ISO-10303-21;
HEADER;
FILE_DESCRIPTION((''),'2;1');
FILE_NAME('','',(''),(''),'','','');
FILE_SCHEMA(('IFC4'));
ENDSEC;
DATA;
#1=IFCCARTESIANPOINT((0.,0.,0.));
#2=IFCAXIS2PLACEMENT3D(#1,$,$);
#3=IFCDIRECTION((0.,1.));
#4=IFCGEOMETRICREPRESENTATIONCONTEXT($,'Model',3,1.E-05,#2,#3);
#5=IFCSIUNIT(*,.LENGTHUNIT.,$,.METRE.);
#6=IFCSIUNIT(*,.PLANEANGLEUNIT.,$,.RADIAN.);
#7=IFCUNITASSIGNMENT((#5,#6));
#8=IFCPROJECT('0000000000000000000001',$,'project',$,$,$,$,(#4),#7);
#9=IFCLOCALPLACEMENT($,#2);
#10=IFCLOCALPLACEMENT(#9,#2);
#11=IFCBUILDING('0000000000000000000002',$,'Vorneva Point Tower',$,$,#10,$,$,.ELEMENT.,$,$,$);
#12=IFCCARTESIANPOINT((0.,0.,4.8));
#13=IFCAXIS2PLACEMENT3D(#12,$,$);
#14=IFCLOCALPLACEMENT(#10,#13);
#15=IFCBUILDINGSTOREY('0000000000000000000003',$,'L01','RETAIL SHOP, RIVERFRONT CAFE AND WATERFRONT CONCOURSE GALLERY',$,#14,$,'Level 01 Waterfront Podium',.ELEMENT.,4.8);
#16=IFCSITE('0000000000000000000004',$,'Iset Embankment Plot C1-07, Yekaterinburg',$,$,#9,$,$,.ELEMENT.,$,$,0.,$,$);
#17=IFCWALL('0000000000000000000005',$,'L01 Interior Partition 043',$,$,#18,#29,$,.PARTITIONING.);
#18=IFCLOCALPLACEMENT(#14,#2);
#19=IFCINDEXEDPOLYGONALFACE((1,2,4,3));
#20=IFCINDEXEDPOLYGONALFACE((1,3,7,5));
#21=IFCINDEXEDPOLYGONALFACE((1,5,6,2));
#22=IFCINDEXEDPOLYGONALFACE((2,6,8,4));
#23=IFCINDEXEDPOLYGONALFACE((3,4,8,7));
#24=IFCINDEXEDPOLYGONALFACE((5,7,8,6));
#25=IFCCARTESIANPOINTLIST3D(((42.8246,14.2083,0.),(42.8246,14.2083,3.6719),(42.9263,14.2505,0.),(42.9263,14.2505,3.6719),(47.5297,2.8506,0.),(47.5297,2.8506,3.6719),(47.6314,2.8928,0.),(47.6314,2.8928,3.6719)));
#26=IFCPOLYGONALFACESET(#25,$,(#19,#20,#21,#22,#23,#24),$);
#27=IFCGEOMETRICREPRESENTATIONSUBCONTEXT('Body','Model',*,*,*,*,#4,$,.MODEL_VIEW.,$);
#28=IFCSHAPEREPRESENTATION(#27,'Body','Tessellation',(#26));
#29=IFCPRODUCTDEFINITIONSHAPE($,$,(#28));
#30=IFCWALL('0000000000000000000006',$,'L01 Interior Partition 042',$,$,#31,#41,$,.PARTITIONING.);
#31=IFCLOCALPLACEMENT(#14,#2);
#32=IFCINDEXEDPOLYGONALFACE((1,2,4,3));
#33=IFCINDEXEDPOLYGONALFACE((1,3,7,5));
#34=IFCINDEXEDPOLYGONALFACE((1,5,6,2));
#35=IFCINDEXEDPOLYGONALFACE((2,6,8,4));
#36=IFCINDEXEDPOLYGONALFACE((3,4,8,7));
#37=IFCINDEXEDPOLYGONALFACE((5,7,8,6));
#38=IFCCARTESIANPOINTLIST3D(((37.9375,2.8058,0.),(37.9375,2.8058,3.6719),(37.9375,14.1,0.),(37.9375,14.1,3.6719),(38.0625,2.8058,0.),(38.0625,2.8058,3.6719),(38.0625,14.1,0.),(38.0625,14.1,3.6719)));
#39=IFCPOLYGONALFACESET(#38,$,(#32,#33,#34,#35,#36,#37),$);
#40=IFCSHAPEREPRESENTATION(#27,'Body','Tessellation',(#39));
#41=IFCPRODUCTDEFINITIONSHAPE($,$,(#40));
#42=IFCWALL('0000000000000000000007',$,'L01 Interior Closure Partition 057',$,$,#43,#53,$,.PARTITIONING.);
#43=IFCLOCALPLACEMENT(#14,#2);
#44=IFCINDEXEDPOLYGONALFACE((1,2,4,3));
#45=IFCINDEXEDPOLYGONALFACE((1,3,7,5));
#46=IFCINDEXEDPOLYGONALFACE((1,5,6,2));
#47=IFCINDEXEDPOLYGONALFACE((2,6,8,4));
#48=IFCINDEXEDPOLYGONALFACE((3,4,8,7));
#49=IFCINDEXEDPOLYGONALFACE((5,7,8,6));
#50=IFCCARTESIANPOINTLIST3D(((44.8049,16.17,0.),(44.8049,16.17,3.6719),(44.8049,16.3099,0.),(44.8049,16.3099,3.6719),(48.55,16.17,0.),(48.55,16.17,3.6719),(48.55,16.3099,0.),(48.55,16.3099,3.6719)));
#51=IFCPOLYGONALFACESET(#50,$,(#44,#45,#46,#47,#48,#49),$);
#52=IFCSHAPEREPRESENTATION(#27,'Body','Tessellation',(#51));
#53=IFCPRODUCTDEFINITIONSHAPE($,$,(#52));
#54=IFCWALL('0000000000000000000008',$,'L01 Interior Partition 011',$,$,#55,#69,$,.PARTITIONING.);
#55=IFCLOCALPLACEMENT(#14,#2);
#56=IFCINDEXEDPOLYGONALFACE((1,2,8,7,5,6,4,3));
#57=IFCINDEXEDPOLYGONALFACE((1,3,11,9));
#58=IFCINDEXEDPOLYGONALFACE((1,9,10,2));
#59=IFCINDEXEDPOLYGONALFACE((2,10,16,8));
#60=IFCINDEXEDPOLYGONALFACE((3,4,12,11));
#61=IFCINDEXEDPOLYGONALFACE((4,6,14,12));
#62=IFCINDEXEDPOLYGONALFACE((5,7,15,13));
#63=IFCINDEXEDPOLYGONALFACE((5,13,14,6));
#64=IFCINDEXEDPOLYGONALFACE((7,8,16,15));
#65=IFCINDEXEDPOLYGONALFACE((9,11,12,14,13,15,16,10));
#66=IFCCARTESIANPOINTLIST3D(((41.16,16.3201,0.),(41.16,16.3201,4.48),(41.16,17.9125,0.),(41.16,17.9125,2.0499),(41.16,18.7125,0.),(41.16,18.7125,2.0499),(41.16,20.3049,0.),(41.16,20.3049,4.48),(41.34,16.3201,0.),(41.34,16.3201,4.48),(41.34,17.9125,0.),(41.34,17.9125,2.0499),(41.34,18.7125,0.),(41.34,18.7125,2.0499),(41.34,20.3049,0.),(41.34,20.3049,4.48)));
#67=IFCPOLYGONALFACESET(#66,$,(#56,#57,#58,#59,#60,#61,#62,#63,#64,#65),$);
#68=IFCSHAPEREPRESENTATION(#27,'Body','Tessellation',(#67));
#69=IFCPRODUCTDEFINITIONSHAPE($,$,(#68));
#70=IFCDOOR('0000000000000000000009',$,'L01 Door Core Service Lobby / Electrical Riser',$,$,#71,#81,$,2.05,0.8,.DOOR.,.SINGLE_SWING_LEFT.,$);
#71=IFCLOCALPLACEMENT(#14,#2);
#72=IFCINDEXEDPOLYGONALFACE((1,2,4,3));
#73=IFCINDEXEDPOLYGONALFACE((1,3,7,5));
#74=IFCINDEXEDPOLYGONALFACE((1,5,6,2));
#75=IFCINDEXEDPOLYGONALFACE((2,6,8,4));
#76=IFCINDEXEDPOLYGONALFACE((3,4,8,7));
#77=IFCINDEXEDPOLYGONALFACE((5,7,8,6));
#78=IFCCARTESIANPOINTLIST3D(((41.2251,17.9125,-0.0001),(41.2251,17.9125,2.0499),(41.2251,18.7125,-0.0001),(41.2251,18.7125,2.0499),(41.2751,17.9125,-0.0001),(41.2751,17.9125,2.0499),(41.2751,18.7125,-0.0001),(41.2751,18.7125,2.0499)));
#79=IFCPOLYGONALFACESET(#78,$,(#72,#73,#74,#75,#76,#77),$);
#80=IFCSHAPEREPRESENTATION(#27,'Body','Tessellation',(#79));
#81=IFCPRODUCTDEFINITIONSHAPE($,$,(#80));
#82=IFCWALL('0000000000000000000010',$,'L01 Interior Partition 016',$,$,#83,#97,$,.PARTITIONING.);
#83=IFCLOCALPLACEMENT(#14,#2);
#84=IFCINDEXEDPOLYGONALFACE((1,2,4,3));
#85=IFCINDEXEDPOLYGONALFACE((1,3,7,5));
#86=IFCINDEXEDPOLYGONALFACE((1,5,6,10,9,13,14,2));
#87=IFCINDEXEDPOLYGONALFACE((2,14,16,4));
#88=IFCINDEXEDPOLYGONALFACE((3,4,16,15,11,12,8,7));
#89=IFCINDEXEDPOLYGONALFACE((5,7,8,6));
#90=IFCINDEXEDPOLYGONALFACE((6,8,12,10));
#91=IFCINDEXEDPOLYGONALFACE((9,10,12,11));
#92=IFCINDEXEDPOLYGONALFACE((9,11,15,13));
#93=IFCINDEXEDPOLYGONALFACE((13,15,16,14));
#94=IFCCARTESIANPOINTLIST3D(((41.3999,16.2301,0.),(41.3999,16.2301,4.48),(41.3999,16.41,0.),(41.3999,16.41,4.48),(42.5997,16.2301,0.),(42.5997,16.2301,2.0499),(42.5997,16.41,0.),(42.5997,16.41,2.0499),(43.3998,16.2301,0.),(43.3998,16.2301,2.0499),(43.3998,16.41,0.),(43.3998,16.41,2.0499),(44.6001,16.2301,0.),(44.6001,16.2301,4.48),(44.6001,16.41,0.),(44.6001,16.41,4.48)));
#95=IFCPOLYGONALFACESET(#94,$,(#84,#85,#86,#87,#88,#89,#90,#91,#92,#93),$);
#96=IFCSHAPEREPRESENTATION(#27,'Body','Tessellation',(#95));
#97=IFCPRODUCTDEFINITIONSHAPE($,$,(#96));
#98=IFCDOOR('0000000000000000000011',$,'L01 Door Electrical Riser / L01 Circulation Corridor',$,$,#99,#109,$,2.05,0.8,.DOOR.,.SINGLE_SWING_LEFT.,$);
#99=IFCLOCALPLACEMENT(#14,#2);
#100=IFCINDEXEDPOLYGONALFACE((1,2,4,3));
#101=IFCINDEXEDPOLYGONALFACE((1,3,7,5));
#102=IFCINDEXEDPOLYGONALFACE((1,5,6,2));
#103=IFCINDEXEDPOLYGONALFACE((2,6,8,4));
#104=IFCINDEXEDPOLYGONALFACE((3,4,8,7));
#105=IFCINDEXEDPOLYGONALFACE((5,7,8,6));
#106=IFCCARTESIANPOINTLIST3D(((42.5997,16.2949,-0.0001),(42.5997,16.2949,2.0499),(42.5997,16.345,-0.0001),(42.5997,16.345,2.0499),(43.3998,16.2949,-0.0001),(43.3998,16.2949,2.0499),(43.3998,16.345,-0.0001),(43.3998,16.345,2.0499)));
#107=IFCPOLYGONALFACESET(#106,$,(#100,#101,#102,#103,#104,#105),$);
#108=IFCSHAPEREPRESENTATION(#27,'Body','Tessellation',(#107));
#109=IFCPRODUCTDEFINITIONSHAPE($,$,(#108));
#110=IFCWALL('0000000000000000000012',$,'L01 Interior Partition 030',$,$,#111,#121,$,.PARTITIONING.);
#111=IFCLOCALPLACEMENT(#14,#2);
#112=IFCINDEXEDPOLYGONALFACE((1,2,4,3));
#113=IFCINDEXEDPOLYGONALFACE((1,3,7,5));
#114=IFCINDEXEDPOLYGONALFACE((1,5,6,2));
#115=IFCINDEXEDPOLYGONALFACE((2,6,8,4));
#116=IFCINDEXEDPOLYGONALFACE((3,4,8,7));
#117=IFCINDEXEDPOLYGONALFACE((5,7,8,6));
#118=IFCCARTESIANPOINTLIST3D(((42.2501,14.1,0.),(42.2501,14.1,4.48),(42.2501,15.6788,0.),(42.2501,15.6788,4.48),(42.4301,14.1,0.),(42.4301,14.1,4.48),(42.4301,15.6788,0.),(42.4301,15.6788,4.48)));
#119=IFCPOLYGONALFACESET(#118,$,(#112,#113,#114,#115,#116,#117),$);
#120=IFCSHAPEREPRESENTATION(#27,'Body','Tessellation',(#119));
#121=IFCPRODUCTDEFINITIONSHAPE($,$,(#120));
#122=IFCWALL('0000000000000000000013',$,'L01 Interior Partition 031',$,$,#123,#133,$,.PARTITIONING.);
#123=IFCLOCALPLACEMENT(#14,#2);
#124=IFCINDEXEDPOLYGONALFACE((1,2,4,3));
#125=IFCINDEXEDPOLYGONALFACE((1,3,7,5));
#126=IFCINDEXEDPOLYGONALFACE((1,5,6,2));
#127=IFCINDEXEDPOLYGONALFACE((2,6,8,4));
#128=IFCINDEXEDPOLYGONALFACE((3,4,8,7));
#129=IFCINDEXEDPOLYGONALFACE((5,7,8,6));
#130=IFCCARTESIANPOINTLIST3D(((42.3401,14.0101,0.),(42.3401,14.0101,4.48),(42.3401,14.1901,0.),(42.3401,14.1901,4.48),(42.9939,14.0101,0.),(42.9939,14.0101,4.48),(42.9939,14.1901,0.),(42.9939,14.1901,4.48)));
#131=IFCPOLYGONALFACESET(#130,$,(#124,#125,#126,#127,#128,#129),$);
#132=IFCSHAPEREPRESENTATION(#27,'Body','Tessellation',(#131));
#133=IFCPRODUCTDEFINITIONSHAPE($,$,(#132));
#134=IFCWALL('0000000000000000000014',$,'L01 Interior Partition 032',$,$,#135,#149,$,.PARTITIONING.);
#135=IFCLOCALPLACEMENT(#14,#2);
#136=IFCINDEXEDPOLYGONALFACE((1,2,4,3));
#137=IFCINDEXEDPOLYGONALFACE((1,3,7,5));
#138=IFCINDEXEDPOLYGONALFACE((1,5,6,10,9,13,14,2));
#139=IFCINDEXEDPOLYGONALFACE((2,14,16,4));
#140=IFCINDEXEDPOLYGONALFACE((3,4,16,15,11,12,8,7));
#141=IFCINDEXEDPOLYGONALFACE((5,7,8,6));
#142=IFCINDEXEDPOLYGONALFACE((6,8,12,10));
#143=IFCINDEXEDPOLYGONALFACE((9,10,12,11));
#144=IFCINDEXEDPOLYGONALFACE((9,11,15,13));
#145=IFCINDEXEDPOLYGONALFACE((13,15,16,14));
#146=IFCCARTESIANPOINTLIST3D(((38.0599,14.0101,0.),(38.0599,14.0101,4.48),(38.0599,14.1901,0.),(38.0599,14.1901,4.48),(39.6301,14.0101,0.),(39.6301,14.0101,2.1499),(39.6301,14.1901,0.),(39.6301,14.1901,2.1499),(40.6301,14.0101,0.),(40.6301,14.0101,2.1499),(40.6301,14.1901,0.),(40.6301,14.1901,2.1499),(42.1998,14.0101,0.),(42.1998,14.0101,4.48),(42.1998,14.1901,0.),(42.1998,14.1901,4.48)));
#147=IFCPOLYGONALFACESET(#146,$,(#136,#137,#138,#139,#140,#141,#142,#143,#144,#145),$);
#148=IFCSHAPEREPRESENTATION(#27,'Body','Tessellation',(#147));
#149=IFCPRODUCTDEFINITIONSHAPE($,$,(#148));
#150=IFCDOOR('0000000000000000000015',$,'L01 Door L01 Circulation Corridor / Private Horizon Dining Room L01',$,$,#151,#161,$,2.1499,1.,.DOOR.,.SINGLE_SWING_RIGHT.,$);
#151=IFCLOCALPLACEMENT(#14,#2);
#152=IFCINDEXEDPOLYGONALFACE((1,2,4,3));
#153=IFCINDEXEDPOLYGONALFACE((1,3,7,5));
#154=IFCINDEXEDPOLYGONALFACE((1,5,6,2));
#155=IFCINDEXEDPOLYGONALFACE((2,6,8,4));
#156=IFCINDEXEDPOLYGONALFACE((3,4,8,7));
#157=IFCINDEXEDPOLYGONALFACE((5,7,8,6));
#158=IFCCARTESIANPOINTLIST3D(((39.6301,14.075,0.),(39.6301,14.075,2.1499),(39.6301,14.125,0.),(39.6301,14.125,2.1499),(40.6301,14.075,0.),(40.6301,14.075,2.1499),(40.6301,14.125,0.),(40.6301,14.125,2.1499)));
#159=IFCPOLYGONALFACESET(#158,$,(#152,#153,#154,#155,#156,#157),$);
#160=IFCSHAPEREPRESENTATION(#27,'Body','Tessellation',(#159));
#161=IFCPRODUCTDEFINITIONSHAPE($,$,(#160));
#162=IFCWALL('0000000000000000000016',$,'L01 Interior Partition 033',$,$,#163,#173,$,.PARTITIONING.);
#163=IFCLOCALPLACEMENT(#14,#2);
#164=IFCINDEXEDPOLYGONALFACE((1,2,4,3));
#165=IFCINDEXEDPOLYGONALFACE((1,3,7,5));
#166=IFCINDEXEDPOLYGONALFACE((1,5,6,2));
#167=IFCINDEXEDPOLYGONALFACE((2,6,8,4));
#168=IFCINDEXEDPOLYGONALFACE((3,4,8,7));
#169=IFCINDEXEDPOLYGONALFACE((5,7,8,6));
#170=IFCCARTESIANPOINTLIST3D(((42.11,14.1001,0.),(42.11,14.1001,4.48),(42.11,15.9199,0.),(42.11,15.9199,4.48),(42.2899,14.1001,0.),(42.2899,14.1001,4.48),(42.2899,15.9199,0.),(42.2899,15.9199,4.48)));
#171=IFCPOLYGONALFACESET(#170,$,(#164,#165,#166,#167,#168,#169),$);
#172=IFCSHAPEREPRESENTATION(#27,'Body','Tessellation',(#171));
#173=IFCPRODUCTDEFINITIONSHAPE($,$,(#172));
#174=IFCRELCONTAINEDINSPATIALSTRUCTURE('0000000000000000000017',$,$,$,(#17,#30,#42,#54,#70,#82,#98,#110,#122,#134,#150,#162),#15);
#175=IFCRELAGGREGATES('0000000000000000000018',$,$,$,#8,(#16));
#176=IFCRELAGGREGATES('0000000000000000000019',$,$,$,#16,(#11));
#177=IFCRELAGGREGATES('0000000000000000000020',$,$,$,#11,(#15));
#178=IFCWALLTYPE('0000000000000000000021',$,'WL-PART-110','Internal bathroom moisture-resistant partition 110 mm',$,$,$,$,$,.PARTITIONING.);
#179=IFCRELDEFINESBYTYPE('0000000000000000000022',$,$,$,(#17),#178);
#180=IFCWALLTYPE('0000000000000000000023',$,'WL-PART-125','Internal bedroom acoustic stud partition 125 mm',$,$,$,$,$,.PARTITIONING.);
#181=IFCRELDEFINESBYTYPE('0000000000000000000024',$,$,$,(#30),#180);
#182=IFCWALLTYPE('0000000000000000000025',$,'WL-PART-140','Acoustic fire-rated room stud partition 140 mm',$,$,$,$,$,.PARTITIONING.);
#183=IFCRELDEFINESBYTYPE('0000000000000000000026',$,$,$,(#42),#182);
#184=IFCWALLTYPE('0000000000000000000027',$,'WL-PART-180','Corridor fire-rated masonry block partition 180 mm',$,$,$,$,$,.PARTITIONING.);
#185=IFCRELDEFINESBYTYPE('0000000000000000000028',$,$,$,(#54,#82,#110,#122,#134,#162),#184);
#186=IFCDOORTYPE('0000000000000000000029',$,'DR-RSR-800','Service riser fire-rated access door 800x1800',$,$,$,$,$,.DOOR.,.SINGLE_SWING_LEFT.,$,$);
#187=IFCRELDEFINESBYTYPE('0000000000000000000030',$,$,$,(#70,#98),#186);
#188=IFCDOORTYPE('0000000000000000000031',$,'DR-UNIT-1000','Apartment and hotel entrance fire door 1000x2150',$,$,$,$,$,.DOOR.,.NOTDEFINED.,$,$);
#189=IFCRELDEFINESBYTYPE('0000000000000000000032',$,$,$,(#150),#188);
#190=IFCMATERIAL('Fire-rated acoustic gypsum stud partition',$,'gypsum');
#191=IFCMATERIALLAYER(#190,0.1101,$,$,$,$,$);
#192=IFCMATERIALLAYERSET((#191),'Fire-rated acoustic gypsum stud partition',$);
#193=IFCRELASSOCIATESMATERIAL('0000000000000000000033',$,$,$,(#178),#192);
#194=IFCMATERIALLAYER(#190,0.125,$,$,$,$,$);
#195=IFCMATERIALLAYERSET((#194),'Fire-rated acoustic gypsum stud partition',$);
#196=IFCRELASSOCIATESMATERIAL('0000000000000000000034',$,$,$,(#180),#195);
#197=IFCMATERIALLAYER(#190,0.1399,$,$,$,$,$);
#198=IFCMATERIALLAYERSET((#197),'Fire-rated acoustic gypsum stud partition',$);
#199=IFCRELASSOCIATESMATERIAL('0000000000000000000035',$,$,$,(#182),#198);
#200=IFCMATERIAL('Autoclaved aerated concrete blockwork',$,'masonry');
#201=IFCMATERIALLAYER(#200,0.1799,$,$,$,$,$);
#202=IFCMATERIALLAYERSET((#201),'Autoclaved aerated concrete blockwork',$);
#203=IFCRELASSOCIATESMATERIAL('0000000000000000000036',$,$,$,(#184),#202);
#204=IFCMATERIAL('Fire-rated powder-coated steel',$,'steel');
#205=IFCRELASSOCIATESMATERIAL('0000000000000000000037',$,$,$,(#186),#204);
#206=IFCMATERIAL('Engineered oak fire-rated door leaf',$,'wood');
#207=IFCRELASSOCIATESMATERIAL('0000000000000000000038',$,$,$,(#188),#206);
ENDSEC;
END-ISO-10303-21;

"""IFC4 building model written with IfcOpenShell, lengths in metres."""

from ifc_helpers import new_model, si_unit, direction, frame, frame_2d, origin, place, context, subcontext, project, spatial, rectangle, extrude, material, layer, layer_set, type_object, element, fill, save


model = new_model("IFC4")

# Units and contexts
model_context = context("Model", 3, precision=1e-05, world=origin(), true_north=direction((0.0, 1.0)))
body_context = subcontext(model_context, "Body", "Model", "MODEL_VIEW")
ifc_project = project(units=[si_unit("LENGTHUNIT", "METRE"), si_unit("PLANEANGLEUNIT", "RADIAN")], contexts=[model_context])

# Site, building, storey
site_placement = place(None, origin())
site = spatial("IfcSite", under=ifc_project, at=site_placement, Name="Iset Embankment Plot C1-07, Yekaterinburg", CompositionType="ELEMENT", RefElevation=0.0)
building_placement = place(site_placement, origin())
building = spatial("IfcBuilding", under=site, at=building_placement, Name="Vorneva Point Tower", CompositionType="ELEMENT")
storey_placement = place(building_placement, frame((0.0, 0.0, 4.8)))
storey = spatial("IfcBuildingStorey", under=building, at=storey_placement, Name="L01", Description="RETAIL SHOP, RIVERFRONT CAFE AND WATERFRONT CONCOURSE GALLERY", LongName="Level 01 Waterfront Podium", CompositionType="ELEMENT", Elevation=4.8)

# Walls
ifc_material_1 = material(Name="Fire-rated acoustic gypsum stud partition", Category="gypsum")
ifc_layer_1 = layer(ifc_material_1, 0.1101)
ifc_layer_set_1 = layer_set([ifc_layer_1], Name="Fire-rated acoustic gypsum stud partition")
wall_type_1 = type_object("IfcWallType", Name="WL-PART-110", Description="Internal bathroom moisture-resistant partition 110 mm", PredefinedType="PARTITIONING", material=ifc_layer_set_1)
wall_1_placement = place(storey_placement, frame((47.5806, 2.8716, 0.0), z_axis=(0.0, 0.0, 1.0), x_axis=(-0.382724, 0.923863, 0.0)))
element("IfcWall", 1, at=wall_1_placement, inside=storey, type_object=wall_type_1, Name="L01 Interior Partition 043", PredefinedType="PARTITIONING", context=body_context, shape_type="SweptSolid", body=[
    extrude(rectangle(XDim=12.2937, YDim=0.1101, at=frame_2d((6.147, 0.0))), origin(), (0.0, 0.0, 1.0), 3.6719),
])
ifc_layer_2 = layer(ifc_material_1, 0.125)
ifc_layer_set_2 = layer_set([ifc_layer_2], Name="Fire-rated acoustic gypsum stud partition")
wall_type_2 = type_object("IfcWallType", Name="WL-PART-125", Description="Internal bedroom acoustic stud partition 125 mm", PredefinedType="PARTITIONING", material=ifc_layer_set_2)
wall_2_placement = place(storey_placement, frame((38.0, 2.8059, 0.0), z_axis=(0.0, 0.0, 1.0), x_axis=(0.0, 1.0, 0.0)))
element("IfcWall", 2, at=wall_2_placement, inside=storey, type_object=wall_type_2, Name="L01 Interior Partition 042", PredefinedType="PARTITIONING", context=body_context, shape_type="SweptSolid", body=[
    extrude(rectangle(XDim=11.2942, YDim=0.125, at=frame_2d((5.647, 0.0))), origin(), (0.0, 0.0, 1.0), 3.6719),
])
ifc_layer_3 = layer(ifc_material_1, 0.1399)
ifc_layer_set_3 = layer_set([ifc_layer_3], Name="Fire-rated acoustic gypsum stud partition")
wall_type_3 = type_object("IfcWallType", Name="WL-PART-140", Description="Acoustic fire-rated room stud partition 140 mm", PredefinedType="PARTITIONING", material=ifc_layer_set_3)
wall_3_placement = place(storey_placement, frame((48.55, 16.24, 0.0), z_axis=(0.0, 0.0, 1.0), x_axis=(-1.0, 0.0, 0.0)))
element("IfcWall", 3, at=wall_3_placement, inside=storey, type_object=wall_type_3, Name="L01 Interior Closure Partition 057", PredefinedType="PARTITIONING", context=body_context, shape_type="SweptSolid", body=[
    extrude(rectangle(XDim=3.7451, YDim=0.1399, at=frame_2d((1.8726, 0.0))), origin(), (0.0, 0.0, 1.0), 3.6719),
])

# Walls, openings, doors
ifc_material_2 = material(Name="Autoclaved aerated concrete blockwork", Category="masonry")
ifc_layer_4 = layer(ifc_material_2, 0.1799)
ifc_layer_set_4 = layer_set([ifc_layer_4], Name="Autoclaved aerated concrete blockwork")
wall_type_4 = type_object("IfcWallType", Name="WL-PART-180", Description="Corridor fire-rated masonry block partition 180 mm", PredefinedType="PARTITIONING", material=ifc_layer_set_4)
wall_4_placement = place(storey_placement, frame((41.25, 16.3201, 0.0), z_axis=(0.0, 0.0, 1.0), x_axis=(0.0, 1.0, 0.0)))
wall_4 = element("IfcWall", 4, at=wall_4_placement, inside=storey, type_object=wall_type_4, Name="L01 Interior Partition 011", PredefinedType="PARTITIONING", context=body_context, shape_type="SweptSolid", body=[
    extrude(rectangle(XDim=3.9849, YDim=0.1799, at=frame_2d((1.9924, 0.0))), origin(), (0.0, 0.0, 1.0), 4.48),
])
opening_1_placement = place(wall_4_placement, frame((1.5925, 0.0, 0.0)))
opening_1 = element("IfcOpeningElement", 5, at=opening_1_placement, cuts=wall_4, PredefinedType="OPENING", context=body_context, shape_type="SweptSolid", body=[
    extrude(rectangle(XDim=0.8, YDim=2.05, at=frame_2d((0.3999, 1.0249))), frame((0.0, 0.105, 0.0), z_axis=(0.0, -1.0, 0.0), x_axis=(1.0, 0.0, 0.0)), (0.0, 0.0, 1.0), 0.2097),
])
ifc_material_3 = material(Name="Fire-rated powder-coated steel", Category="steel")
door_type_1 = type_object("IfcDoorType", Name="DR-RSR-800", Description="Service riser fire-rated access door 800x1800", OperationType="SINGLE_SWING_LEFT", PredefinedType="DOOR", material=ifc_material_3)
door_1_placement = place(opening_1_placement, origin())
door_1 = element("IfcDoor", 6, at=door_1_placement, inside=storey, type_object=door_type_1, Name="L01 Door Core Service Lobby / Electrical Riser", OperationType="SINGLE_SWING_LEFT", OverallHeight=2.05, OverallWidth=0.8, PredefinedType="DOOR", context=body_context, shape_type="SweptSolid", body=[
    extrude(rectangle(XDim=0.8, YDim=2.05, at=frame_2d((0.3999, 1.0249))), frame((0.0, 0.0249, 0.0), z_axis=(0.0, -1.0, 0.0), x_axis=(1.0, 0.0, 0.0)), (0.0, 0.0, 1.0), 0.05),
])
fill(opening_1, door_1)
wall_5_placement = place(storey_placement, frame((41.3999, 16.3201, 0.0), z_axis=(0.0, 0.0, 1.0), x_axis=(1.0, 0.0, 0.0)))
wall_5 = element("IfcWall", 7, at=wall_5_placement, inside=storey, type_object=wall_type_4, Name="L01 Interior Partition 016", PredefinedType="PARTITIONING", context=body_context, shape_type="SweptSolid", body=[
    extrude(rectangle(XDim=3.2002, YDim=0.1799, at=frame_2d((1.6001, 0.0))), origin(), (0.0, 0.0, 1.0), 4.48),
])
opening_2_placement = place(wall_5_placement, frame((1.2, 0.0, 0.0)))
opening_2 = element("IfcOpeningElement", 8, at=opening_2_placement, cuts=wall_5, PredefinedType="OPENING", context=body_context, shape_type="SweptSolid", body=[
    extrude(rectangle(XDim=0.8, YDim=2.05, at=frame_2d((0.3999, 1.0249))), frame((0.0, 0.105, 0.0), z_axis=(0.0, -1.0, 0.0), x_axis=(1.0, 0.0, 0.0)), (0.0, 0.0, 1.0), 0.2097),
])
door_2_placement = place(opening_2_placement, origin())
door_2 = element("IfcDoor", 9, at=door_2_placement, inside=storey, type_object=door_type_1, Name="L01 Door Electrical Riser / L01 Circulation Corridor", OperationType="SINGLE_SWING_LEFT", OverallHeight=2.05, OverallWidth=0.8, PredefinedType="DOOR", context=body_context, shape_type="SweptSolid", body=[
    extrude(rectangle(XDim=0.8, YDim=2.05, at=frame_2d((0.3999, 1.0249))), frame((0.0, 0.0249, 0.0), z_axis=(0.0, -1.0, 0.0), x_axis=(1.0, 0.0, 0.0)), (0.0, 0.0, 1.0), 0.05),
])
fill(opening_2, door_2)

# Walls
wall_6_placement = place(storey_placement, frame((42.3401, 15.679, 0.0), z_axis=(0.0, 0.0, 1.0), x_axis=(0.0, -1.0, 0.0)))
element("IfcWall", 10, at=wall_6_placement, inside=storey, type_object=wall_type_4, Name="L01 Interior Partition 030", PredefinedType="PARTITIONING", context=body_context, shape_type="SweptSolid", body=[
    extrude(rectangle(XDim=1.5789, YDim=0.1799, at=frame_2d((0.7896, 0.0))), origin(), (0.0, 0.0, 1.0), 4.48),
])
wall_7_placement = place(storey_placement, frame((42.3401, 14.1001, 0.0), z_axis=(0.0, 0.0, 1.0), x_axis=(1.0, 0.0, 0.0)))
element("IfcWall", 11, at=wall_7_placement, inside=storey, type_object=wall_type_4, Name="L01 Interior Partition 031", PredefinedType="PARTITIONING", context=body_context, shape_type="SweptSolid", body=[
    extrude(rectangle(XDim=0.6538, YDim=0.1799, at=frame_2d((0.3269, 0.0))), origin(), (0.0, 0.0, 1.0), 4.48),
])

# Wall, opening, door
wall_8_placement = place(storey_placement, frame((38.0601, 14.1001, 0.0), z_axis=(0.0, 0.0, 1.0), x_axis=(1.0, 0.0, 0.0)))
wall_8 = element("IfcWall", 12, at=wall_8_placement, inside=storey, type_object=wall_type_4, Name="L01 Interior Partition 032", PredefinedType="PARTITIONING", context=body_context, shape_type="SweptSolid", body=[
    extrude(rectangle(XDim=4.1399, YDim=0.1799, at=frame_2d((2.0698, 0.0))), origin(), (0.0, 0.0, 1.0), 4.48),
])
opening_3_placement = place(wall_8_placement, frame((1.5701, 0.0, 0.0)))
opening_3 = element("IfcOpeningElement", 13, at=opening_3_placement, cuts=wall_8, PredefinedType="OPENING", context=body_context, shape_type="SweptSolid", body=[
    extrude(rectangle(XDim=1.0, YDim=2.1499, at=frame_2d((0.5, 1.075))), frame((0.0, 0.105, 0.0), z_axis=(0.0, -1.0, 0.0), x_axis=(1.0, 0.0, 0.0)), (0.0, 0.0, 1.0), 0.2097),
])
ifc_material_4 = material(Name="Engineered oak fire-rated door leaf", Category="wood")
door_type_2 = type_object("IfcDoorType", Name="DR-UNIT-1000", Description="Apartment and hotel entrance fire door 1000x2150", OperationType="NOTDEFINED", PredefinedType="DOOR", material=ifc_material_4)
door_3_placement = place(opening_3_placement, origin())
door_3 = element("IfcDoor", 14, at=door_3_placement, inside=storey, type_object=door_type_2, Name="L01 Door L01 Circulation Corridor / Private Horizon Dining Room L01", OperationType="SINGLE_SWING_RIGHT", OverallHeight=2.1499, OverallWidth=1.0, PredefinedType="DOOR", context=body_context, shape_type="SweptSolid", body=[
    extrude(rectangle(XDim=1.0, YDim=2.1499, at=frame_2d((0.5, 1.075))), frame((0.0, 0.0249, 0.0), z_axis=(0.0, -1.0, 0.0), x_axis=(1.0, 0.0, 0.0)), (0.0, 0.0, 1.0), 0.05),
])
fill(opening_3, door_3)

# Wall
wall_9_placement = place(storey_placement, frame((42.2, 14.1001, 0.0), z_axis=(0.0, 0.0, 1.0), x_axis=(0.0, 1.0, 0.0)))
element("IfcWall", 15, at=wall_9_placement, inside=storey, type_object=wall_type_4, Name="L01 Interior Partition 033", PredefinedType="PARTITIONING", context=body_context, shape_type="SweptSolid", body=[
    extrude(rectangle(XDim=1.8198, YDim=0.1799, at=frame_2d((0.9099, 0.0))), origin(), (0.0, 0.0, 1.0), 4.48),
])

save(model, "model.ifc")
